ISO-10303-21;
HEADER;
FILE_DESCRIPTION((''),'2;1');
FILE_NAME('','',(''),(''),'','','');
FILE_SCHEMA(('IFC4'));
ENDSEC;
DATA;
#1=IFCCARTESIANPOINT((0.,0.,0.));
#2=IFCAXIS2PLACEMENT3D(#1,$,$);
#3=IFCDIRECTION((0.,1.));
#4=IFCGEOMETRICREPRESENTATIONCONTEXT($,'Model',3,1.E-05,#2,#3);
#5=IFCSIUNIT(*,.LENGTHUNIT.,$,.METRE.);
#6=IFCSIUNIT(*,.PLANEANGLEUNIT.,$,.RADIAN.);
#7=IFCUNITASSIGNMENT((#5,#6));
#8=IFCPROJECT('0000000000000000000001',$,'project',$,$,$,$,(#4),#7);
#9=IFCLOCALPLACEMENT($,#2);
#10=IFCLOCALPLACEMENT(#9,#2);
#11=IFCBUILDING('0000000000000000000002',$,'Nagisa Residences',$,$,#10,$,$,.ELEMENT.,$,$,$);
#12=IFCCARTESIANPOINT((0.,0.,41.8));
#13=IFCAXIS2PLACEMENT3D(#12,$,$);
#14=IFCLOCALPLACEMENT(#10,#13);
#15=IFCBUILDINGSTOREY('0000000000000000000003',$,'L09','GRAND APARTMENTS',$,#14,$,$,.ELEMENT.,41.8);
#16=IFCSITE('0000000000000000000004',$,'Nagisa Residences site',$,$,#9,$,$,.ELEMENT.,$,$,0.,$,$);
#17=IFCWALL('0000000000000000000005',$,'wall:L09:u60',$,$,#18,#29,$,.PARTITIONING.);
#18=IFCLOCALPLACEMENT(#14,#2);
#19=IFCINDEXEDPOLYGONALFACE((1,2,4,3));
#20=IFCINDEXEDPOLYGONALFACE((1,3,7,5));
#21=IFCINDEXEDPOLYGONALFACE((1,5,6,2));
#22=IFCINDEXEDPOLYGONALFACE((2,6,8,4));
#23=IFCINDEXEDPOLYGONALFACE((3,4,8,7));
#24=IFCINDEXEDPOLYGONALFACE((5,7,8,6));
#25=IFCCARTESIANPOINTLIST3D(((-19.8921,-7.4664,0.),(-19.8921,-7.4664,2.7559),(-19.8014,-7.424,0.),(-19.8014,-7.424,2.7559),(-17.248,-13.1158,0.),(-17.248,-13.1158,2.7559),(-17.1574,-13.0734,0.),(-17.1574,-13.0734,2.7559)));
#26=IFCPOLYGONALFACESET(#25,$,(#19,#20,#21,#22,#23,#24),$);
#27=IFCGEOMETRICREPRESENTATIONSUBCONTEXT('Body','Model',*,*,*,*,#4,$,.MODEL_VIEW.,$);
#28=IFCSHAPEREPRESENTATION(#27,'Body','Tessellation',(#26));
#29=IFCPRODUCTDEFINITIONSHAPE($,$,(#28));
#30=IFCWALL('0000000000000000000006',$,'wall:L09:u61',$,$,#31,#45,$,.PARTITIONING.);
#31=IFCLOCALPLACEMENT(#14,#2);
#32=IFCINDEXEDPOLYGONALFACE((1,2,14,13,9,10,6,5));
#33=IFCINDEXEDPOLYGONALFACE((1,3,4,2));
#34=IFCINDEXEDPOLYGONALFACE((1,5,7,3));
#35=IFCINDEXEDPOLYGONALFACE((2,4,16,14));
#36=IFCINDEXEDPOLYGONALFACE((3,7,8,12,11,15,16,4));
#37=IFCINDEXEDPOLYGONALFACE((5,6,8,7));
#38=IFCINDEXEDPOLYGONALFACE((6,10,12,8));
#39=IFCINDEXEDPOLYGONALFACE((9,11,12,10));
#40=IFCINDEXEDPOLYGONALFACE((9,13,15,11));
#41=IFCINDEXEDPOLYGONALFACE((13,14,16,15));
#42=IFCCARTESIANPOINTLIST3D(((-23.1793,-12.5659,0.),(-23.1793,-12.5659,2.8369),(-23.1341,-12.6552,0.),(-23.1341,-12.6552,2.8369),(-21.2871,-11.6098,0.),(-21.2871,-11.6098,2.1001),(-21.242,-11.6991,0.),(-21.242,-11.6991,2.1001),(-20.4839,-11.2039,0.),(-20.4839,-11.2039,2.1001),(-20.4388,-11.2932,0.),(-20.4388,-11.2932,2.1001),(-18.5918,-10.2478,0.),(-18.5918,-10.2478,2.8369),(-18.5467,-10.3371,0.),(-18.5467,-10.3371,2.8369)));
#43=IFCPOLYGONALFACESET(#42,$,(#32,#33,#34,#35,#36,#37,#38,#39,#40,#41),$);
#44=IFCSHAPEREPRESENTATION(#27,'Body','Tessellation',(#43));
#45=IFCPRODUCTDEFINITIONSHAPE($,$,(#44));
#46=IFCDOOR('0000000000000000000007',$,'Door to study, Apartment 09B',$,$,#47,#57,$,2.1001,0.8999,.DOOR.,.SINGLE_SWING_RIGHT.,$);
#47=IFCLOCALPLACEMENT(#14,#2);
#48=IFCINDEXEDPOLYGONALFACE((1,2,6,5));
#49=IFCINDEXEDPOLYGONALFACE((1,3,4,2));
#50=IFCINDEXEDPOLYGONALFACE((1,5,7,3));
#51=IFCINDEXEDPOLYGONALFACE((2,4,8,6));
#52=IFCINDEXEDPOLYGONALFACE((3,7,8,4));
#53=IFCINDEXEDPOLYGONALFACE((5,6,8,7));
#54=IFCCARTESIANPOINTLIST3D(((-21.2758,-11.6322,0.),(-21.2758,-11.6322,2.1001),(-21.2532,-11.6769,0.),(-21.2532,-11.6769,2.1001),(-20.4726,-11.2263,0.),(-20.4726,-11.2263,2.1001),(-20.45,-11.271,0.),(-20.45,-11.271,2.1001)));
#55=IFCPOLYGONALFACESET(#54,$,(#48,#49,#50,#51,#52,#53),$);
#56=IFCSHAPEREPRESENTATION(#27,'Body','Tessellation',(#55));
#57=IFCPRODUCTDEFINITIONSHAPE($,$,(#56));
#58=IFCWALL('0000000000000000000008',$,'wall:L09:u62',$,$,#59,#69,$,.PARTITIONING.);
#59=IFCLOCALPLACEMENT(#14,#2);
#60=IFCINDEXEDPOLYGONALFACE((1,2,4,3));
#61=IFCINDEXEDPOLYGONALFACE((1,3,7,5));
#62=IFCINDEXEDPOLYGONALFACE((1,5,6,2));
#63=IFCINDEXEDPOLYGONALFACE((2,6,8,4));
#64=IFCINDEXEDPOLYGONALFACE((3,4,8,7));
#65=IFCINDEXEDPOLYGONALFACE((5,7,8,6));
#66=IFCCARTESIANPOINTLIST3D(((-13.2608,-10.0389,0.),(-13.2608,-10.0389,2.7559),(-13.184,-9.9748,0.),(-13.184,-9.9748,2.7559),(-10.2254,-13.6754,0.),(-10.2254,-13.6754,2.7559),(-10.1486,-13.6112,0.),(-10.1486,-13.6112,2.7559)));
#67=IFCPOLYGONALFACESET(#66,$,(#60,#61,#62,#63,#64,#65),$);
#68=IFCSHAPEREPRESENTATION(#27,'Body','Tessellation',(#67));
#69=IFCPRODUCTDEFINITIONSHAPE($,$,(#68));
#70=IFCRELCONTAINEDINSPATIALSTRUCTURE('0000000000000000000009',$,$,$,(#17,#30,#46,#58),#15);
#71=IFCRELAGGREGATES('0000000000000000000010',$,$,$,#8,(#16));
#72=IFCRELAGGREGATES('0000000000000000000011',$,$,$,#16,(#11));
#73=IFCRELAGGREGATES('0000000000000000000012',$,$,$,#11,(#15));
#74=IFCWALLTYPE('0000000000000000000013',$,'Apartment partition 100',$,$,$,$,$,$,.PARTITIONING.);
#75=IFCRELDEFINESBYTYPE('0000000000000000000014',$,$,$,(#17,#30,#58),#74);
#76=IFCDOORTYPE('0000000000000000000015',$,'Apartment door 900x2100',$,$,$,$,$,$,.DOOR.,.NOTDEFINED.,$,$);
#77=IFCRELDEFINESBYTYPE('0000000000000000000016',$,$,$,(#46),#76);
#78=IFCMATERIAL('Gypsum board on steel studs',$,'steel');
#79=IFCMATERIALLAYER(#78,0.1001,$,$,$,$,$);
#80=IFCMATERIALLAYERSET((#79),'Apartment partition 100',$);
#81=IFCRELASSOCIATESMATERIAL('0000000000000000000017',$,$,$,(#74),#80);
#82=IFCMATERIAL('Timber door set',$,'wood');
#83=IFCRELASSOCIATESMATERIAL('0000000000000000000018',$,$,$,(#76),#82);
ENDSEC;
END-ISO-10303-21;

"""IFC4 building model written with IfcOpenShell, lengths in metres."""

from ifc_helpers import new_model, si_unit, direction, frame, frame_2d, origin, place, context, subcontext, project, spatial, rectangle, extrude, material, layer, layer_set, type_object, element, fill, save


model = new_model("IFC4")

# Units and contexts
model_context = context("Model", 3, precision=1e-05, world=origin(), true_north=direction((0.0, 1.0)))
body_context = subcontext(model_context, "Body", "Model", "MODEL_VIEW")
ifc_project = project(units=[si_unit("LENGTHUNIT", "METRE"), si_unit("PLANEANGLEUNIT", "RADIAN")], contexts=[model_context])

# Site, building, storey
site_placement = place(None, origin())
site = spatial("IfcSite", under=ifc_project, at=site_placement, Name="Nagisa Residences site", CompositionType="ELEMENT", RefElevation=0.0)
building_placement = place(site_placement, origin())
building = spatial("IfcBuilding", under=site, at=building_placement, Name="Nagisa Residences", CompositionType="ELEMENT")
storey_placement = place(building_placement, frame((0.0, 0.0, 41.8)))
storey = spatial("IfcBuildingStorey", under=building, at=storey_placement, Name="L09", Description="GRAND APARTMENTS", CompositionType="ELEMENT", Elevation=41.8)

# Shared definitions
ifc_material_1 = material(Name="Gypsum board on steel studs", Category="steel")
ifc_layer_1 = layer(ifc_material_1, 0.1001)
ifc_layer_set_1 = layer_set([ifc_layer_1], Name="Apartment partition 100")
wall_type_1 = type_object("IfcWallType", Name="Apartment partition 100", PredefinedType="PARTITIONING", material=ifc_layer_set_1)
ifc_material_2 = material(Name="Timber door set", Category="wood")
door_type_1 = type_object("IfcDoorType", Name="Apartment door 900x2100", OperationType="NOTDEFINED", PredefinedType="DOOR", material=ifc_material_2)

# Wall
wall_1_placement = place(storey_placement, frame((-19.8467, -7.4453, 0.0), z_axis=(0.0, 0.0, 1.0), x_axis=(0.423892, -0.905713, 0.0)))
element("IfcWall", 1, at=wall_1_placement, inside=storey, type_object=wall_type_1, Name="wall:L09:u60", PredefinedType="PARTITIONING", context=body_context, shape_type="SweptSolid", body=[
    extrude(rectangle(XDim=6.2375, YDim=0.1001, at=frame_2d((3.1187, 0.0))), origin(), (0.0, 0.0, 1.0), 2.7559),
])

# Wall, opening, door
wall_2_placement = place(storey_placement, frame((-18.5693, -10.2925, 0.0), z_axis=(0.0, 0.0, 1.0), x_axis=(-0.892519, -0.45101, 0.0)))
wall_2 = element("IfcWall", 2, at=wall_2_placement, inside=storey, type_object=wall_type_1, Name="wall:L09:u61", PredefinedType="PARTITIONING", context=body_context, shape_type="SweptSolid", body=[
    extrude(rectangle(XDim=5.1399, YDim=0.1001, at=frame_2d((2.5698, 0.0))), origin(), (0.0, 0.0, 1.0), 2.8369),
])
opening_1_placement = place(wall_2_placement, frame((2.1199, 0.0, 0.0)))
opening_1 = element("IfcOpeningElement", 3, at=opening_1_placement, cuts=wall_2, PredefinedType="OPENING", context=body_context, shape_type="SweptSolid", body=[
    extrude(rectangle(XDim=0.8999, YDim=2.1001, at=frame_2d((0.45, 1.05))), frame((0.0, 0.0601, 0.0), z_axis=(0.0, -1.0, 0.0), x_axis=(1.0, 0.0, 0.0)), (0.0, 0.0, 1.0), 0.1201),
])
door_1_placement = place(opening_1_placement, frame((0.8999, 0.0, 0.0), x_axis=(-1.0, 0.0, 0.0)))
door_1 = element("IfcDoor", 4, at=door_1_placement, inside=storey, type_object=door_type_1, Name="Door to study, Apartment 09B", OperationType="SINGLE_SWING_RIGHT", OverallHeight=2.1001, OverallWidth=0.8999, PredefinedType="DOOR", context=body_context, shape_type="SweptSolid", body=[
    extrude(rectangle(XDim=0.8999, YDim=2.1001, at=frame_2d((0.45, 1.05))), frame((0.0, 0.0249, 0.0), z_axis=(0.0, -1.0, 0.0), x_axis=(1.0, 0.0, 0.0)), (0.0, 0.0, 1.0), 0.05),
])
fill(opening_1, door_1)

# Wall
wall_3_placement = place(storey_placement, frame((-13.2224, -10.0068, 0.0), z_axis=(0.0, 0.0, 1.0), x_axis=(0.640808, -0.767701, 0.0)))
element("IfcWall", 5, at=wall_3_placement, inside=storey, type_object=wall_type_1, Name="wall:L09:u62", PredefinedType="PARTITIONING", context=body_context, shape_type="SweptSolid", body=[
    extrude(rectangle(XDim=4.7368, YDim=0.1001, at=frame_2d((2.3684, 0.0))), origin(), (0.0, 0.0, 1.0), 2.7559),
])

save(model, "model.ifc")
